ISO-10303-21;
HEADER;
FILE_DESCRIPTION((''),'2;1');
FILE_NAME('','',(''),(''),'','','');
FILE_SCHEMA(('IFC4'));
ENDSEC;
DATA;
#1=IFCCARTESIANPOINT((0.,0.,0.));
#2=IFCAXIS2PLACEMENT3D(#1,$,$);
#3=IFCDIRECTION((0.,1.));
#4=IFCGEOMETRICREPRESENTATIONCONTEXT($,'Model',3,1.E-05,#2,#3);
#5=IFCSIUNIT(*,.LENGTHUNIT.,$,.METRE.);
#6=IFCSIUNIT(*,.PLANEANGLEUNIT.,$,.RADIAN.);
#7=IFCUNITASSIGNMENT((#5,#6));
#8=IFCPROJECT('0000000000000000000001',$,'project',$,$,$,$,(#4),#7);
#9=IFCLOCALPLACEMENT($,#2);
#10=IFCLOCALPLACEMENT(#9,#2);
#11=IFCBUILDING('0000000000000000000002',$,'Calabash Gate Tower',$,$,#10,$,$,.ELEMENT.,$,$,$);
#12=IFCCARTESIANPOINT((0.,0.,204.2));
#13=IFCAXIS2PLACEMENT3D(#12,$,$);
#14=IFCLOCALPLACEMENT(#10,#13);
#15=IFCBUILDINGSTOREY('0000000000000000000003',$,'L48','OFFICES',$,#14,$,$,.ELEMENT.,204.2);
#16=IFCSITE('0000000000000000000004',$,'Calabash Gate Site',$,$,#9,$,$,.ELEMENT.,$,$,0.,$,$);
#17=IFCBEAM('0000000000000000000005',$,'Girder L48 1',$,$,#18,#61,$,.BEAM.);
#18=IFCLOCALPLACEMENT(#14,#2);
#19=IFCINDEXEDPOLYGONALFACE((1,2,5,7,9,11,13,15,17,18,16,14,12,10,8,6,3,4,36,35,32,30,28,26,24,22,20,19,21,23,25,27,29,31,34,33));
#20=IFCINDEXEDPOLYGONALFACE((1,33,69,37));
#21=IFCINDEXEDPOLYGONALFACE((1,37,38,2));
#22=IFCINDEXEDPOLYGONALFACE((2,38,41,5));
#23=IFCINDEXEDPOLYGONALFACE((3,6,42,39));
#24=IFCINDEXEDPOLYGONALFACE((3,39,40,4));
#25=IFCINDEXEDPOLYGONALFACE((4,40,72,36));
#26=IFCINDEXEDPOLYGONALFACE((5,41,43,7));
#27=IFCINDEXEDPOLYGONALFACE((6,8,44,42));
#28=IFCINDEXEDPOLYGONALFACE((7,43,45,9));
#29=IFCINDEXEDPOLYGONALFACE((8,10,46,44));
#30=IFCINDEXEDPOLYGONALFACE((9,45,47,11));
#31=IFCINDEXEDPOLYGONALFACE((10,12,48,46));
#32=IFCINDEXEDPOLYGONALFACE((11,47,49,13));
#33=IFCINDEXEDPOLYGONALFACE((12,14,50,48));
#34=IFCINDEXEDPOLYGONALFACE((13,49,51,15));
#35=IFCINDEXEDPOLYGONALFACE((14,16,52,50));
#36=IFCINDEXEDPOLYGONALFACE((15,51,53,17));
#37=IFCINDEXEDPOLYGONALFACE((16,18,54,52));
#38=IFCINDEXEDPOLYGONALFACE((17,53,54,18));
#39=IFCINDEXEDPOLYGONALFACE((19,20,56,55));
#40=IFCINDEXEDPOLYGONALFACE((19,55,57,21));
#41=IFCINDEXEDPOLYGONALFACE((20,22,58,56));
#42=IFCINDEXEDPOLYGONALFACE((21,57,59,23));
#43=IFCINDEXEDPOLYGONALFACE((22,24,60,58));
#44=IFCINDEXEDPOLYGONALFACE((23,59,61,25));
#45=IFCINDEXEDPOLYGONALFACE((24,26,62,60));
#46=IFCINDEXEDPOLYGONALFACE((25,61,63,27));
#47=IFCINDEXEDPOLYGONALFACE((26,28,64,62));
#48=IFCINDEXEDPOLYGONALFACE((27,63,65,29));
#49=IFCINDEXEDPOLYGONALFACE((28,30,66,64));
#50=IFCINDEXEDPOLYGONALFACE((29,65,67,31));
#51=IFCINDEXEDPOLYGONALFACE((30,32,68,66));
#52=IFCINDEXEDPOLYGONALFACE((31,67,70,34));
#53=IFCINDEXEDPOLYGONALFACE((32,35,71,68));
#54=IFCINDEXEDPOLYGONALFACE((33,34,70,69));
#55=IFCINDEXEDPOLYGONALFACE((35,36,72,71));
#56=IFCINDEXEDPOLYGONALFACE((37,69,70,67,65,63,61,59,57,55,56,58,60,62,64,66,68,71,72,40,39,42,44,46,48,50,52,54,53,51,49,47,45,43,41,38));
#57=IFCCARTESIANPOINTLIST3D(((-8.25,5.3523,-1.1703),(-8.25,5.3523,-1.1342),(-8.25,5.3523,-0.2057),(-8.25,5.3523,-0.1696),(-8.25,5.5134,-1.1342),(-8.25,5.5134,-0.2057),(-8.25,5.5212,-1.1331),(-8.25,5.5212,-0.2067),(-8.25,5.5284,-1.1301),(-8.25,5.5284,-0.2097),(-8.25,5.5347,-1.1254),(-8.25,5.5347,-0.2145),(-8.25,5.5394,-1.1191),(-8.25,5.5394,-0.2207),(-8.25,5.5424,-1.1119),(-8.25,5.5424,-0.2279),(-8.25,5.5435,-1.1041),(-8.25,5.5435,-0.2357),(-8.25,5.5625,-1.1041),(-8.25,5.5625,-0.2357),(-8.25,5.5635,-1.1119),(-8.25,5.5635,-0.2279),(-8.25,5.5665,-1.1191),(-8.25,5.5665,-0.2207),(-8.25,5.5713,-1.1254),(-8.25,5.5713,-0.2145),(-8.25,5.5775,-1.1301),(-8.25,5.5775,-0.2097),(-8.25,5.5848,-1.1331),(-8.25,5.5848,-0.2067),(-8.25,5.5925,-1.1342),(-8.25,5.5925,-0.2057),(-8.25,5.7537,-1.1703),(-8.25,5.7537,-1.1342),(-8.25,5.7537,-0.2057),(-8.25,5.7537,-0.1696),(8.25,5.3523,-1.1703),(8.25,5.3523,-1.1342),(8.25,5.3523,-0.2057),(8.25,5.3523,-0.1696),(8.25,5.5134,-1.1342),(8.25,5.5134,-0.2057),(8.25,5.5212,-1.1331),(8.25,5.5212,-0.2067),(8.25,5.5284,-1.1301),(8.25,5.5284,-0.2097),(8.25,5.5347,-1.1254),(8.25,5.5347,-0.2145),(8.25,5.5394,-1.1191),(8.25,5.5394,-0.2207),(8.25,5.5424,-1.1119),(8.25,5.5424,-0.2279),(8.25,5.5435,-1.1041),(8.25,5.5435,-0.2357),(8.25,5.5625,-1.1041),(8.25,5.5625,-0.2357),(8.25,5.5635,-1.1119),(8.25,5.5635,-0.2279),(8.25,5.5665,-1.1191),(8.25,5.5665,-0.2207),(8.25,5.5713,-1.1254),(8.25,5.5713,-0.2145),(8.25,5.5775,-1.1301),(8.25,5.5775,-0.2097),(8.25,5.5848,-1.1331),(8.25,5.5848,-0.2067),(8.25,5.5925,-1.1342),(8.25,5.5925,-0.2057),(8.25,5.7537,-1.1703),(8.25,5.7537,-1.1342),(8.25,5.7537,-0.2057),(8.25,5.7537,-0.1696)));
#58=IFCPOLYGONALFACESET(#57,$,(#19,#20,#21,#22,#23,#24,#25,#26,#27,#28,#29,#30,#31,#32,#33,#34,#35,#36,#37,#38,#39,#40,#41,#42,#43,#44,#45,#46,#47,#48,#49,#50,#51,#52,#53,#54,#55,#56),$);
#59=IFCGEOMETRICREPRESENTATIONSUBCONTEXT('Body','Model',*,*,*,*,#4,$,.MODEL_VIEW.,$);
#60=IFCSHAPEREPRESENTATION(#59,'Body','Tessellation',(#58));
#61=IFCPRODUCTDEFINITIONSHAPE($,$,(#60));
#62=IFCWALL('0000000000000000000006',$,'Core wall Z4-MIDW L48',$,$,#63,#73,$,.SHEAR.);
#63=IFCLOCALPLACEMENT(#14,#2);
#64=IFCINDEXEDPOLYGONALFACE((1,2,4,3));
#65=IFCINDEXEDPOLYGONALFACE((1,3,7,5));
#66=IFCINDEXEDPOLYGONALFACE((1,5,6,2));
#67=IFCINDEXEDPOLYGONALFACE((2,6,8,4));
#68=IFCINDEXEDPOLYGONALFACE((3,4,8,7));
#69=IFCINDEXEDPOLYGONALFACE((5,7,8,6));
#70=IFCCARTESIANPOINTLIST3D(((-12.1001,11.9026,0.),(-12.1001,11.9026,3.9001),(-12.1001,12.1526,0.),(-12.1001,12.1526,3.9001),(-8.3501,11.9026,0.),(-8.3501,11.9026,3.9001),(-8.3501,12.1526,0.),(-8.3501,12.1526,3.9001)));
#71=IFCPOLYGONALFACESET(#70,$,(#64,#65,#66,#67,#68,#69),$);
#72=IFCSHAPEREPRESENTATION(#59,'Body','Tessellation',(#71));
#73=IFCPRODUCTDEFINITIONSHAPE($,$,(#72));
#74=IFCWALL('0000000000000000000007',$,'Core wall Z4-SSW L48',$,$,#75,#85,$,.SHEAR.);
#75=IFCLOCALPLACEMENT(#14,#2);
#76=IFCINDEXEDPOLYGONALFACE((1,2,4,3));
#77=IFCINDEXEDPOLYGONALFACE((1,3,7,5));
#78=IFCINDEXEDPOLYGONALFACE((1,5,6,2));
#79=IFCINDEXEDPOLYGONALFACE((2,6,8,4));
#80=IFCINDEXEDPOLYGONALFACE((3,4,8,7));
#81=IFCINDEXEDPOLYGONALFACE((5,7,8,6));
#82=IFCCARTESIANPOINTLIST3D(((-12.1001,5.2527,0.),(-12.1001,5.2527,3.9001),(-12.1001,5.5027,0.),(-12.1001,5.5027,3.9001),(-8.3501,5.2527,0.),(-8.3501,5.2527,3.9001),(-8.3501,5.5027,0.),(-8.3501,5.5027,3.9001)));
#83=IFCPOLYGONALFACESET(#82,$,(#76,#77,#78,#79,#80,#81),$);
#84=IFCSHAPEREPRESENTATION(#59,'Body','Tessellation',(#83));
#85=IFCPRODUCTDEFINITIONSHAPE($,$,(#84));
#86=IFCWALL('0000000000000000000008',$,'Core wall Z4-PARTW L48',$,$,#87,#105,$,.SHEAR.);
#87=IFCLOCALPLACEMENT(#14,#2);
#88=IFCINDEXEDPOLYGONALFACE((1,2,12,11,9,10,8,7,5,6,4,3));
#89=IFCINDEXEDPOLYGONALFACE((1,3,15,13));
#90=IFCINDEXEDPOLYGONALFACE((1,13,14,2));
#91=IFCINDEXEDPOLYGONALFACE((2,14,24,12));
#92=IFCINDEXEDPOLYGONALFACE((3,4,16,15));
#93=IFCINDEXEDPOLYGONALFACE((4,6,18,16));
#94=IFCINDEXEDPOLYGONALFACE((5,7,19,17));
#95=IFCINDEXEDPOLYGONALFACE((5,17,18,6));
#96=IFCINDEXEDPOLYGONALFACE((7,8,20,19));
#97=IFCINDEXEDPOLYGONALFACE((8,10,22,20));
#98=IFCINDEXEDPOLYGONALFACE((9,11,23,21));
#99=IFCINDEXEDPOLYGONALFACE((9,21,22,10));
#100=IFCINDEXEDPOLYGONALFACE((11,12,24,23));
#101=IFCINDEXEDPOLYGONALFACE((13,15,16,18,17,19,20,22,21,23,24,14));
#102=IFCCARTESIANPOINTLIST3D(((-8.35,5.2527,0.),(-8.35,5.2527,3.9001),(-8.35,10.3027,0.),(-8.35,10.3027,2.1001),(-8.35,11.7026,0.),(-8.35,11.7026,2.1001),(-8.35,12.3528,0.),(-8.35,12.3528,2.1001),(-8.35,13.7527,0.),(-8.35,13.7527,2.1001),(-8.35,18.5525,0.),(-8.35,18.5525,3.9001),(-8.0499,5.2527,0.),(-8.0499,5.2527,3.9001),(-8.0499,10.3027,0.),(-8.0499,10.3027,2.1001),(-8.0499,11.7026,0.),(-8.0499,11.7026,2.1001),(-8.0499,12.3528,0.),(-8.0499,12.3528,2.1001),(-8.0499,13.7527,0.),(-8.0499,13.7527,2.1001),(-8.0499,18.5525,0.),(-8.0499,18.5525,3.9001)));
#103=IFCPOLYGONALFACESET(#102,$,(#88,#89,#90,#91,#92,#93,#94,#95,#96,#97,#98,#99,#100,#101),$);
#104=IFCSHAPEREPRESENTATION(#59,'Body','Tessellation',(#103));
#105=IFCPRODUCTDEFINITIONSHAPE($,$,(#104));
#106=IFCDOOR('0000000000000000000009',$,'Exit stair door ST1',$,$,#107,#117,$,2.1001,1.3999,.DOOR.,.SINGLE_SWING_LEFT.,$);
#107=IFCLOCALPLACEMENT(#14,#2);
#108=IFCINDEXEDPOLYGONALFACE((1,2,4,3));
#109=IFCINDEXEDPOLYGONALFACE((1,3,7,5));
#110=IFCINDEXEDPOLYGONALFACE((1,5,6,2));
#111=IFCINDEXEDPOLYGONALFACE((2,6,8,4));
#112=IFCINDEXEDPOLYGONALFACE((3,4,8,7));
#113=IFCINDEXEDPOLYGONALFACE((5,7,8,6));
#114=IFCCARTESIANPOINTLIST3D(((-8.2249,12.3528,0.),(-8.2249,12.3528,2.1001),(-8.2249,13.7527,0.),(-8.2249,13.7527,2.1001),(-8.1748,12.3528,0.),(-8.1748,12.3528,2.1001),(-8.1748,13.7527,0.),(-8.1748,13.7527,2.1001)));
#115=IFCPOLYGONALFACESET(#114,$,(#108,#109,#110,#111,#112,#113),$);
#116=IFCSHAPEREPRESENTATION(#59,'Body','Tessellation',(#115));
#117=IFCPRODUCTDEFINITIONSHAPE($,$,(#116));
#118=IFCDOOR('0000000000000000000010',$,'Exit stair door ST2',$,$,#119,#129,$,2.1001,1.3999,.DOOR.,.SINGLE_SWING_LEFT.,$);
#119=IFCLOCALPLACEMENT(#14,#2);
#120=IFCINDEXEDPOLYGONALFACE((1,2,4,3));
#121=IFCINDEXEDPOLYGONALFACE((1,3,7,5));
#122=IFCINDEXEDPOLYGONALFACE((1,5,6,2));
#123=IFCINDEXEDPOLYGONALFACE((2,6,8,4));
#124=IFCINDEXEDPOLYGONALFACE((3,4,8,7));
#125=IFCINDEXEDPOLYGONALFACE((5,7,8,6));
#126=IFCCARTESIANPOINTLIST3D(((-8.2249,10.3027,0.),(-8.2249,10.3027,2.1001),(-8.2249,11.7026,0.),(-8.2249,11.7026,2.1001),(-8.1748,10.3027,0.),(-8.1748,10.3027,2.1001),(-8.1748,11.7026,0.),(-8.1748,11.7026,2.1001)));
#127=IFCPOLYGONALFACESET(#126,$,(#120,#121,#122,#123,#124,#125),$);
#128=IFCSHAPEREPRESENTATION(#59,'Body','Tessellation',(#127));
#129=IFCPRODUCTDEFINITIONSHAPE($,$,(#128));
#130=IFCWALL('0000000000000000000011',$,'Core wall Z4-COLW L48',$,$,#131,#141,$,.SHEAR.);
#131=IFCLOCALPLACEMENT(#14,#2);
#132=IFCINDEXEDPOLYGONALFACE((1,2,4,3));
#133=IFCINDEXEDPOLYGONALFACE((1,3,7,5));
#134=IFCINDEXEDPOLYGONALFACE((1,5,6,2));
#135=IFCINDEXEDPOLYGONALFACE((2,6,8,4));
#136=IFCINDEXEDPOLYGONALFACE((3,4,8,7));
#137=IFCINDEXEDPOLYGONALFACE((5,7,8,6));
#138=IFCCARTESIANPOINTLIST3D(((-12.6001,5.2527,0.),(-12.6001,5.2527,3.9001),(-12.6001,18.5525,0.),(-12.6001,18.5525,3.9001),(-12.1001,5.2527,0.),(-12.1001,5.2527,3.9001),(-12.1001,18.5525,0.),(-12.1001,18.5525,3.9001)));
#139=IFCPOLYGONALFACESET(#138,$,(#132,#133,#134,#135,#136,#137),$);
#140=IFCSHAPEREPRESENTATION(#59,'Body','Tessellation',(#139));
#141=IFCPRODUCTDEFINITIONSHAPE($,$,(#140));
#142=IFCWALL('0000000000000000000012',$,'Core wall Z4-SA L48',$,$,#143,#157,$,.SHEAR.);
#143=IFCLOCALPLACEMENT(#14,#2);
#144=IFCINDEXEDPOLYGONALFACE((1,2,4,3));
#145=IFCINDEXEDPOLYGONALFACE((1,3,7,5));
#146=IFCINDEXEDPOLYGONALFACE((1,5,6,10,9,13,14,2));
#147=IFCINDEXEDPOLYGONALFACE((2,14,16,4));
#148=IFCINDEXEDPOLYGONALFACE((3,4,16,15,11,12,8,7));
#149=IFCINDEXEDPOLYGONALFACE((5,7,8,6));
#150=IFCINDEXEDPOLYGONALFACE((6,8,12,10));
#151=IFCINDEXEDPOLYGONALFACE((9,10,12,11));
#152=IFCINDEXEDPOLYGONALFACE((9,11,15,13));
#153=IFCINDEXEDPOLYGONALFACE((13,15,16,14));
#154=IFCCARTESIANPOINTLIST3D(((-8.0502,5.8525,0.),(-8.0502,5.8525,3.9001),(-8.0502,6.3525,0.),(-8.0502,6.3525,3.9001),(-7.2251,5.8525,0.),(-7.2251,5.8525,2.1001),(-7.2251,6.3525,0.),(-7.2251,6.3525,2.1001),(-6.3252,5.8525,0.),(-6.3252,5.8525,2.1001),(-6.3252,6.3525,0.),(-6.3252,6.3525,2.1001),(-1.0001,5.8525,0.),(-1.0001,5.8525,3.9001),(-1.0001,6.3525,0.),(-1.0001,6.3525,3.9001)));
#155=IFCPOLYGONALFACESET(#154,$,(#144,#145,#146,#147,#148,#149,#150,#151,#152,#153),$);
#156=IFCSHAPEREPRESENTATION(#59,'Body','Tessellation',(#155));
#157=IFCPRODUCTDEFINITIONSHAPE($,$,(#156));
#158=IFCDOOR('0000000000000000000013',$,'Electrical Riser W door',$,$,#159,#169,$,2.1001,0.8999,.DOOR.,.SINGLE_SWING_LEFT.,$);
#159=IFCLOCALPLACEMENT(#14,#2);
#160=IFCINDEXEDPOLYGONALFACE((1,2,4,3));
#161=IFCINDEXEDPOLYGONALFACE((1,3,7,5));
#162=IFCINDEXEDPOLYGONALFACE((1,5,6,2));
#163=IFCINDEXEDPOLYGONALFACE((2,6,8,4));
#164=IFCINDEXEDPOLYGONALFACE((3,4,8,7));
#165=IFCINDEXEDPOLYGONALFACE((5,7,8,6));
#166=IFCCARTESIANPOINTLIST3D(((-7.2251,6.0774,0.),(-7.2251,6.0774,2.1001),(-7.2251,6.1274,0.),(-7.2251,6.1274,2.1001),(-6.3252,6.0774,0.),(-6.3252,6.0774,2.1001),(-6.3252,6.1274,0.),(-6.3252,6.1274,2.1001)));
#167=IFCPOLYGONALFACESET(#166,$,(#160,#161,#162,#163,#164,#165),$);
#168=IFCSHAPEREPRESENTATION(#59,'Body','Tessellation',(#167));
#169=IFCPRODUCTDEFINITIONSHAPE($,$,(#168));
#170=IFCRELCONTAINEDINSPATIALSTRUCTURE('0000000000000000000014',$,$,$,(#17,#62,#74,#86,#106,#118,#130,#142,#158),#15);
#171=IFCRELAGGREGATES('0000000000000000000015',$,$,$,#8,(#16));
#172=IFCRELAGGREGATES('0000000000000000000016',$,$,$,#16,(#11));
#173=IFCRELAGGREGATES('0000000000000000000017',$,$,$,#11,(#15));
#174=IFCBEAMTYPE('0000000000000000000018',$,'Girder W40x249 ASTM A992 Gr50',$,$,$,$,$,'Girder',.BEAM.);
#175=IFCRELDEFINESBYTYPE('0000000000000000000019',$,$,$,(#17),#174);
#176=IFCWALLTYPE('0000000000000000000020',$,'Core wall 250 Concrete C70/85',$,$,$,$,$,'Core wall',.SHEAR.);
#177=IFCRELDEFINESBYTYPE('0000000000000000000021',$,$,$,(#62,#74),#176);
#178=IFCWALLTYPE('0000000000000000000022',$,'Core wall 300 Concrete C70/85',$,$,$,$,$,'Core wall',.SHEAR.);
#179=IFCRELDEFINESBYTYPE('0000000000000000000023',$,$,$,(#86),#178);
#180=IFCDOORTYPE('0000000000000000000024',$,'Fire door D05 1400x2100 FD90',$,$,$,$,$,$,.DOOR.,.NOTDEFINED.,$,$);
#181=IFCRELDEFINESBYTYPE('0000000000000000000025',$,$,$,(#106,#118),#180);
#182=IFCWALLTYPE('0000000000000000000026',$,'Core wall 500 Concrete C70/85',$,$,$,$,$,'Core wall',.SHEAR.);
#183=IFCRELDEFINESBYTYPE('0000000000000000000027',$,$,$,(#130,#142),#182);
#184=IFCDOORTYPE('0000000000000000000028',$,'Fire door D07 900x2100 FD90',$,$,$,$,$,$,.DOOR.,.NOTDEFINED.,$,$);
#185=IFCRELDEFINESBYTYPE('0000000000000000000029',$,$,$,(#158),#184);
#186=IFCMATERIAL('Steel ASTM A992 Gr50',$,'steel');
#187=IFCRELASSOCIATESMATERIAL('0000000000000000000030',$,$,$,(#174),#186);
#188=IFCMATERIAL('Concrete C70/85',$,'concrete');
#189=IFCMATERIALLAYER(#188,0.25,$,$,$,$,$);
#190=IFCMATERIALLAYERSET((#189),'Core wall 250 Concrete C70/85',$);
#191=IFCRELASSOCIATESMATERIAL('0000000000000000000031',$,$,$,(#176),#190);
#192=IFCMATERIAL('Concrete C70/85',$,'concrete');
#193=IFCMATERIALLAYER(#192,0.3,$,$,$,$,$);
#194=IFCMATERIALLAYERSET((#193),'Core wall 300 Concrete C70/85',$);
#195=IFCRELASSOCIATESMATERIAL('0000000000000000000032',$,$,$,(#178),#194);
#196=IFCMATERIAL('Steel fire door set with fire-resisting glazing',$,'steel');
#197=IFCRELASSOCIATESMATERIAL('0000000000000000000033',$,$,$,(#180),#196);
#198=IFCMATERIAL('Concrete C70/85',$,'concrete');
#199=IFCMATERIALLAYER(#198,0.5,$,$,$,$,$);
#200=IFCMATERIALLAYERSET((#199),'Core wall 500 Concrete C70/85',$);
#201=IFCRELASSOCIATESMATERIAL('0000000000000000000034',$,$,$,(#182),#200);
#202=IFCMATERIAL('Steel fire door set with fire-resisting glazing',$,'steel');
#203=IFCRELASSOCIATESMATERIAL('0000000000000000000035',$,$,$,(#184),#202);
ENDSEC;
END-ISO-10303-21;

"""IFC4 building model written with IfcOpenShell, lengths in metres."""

from ifc_helpers import new_model, si_unit, direction, frame, frame_2d, origin, origin_2d, place, context, subcontext, project, spatial, rectangle, i_section, extrude, material, layer, layer_set, material_profile, profile_set, type_object, element, fill, save


model = new_model("IFC4")

# Units and contexts
model_context = context("Model", 3, precision=1e-05, world=origin(), true_north=direction((0.0, 1.0)))
body_context = subcontext(model_context, "Body", "Model", "MODEL_VIEW")
ifc_project = project(units=[si_unit("LENGTHUNIT", "METRE"), si_unit("PLANEANGLEUNIT", "RADIAN")], contexts=[model_context])

# Site, building, storey
site_placement = place(None, origin())
site = spatial("IfcSite", under=ifc_project, at=site_placement, Name="Calabash Gate Site", CompositionType="ELEMENT", RefElevation=0.0)
building_placement = place(site_placement, origin())
building = spatial("IfcBuilding", under=site, at=building_placement, Name="Calabash Gate Tower", CompositionType="ELEMENT")
storey_placement = place(building_placement, frame((0.0, 0.0, 204.2)))
storey = spatial("IfcBuildingStorey", under=building, at=storey_placement, Name="L48", Description="OFFICES", CompositionType="ELEMENT", Elevation=204.2)

# Beam
ifc_material_1 = material(Name="Steel ASTM A992 Gr50", Category="steel")
ifc_material_profile = material_profile(ifc_material_1, i_section(OverallWidth=0.4014, OverallDepth=1.0007, WebThickness=0.019, FlangeThickness=0.0361, FilletRadius=0.03, at=origin_2d()))
ifc_profile_set = profile_set([ifc_material_profile], Name="Steel ASTM A992 Gr50")
beam_type = type_object("IfcBeamType", Name="Girder W40x249 ASTM A992 Gr50", ElementType="Girder", PredefinedType="BEAM", material=ifc_profile_set)
beam_placement = place(storey_placement, frame((-8.25, 5.553, -0.6699), z_axis=(1.0, 0.0, 0.0), x_axis=(0.0, 1.0, 0.0)))
element("IfcBeam", 1, at=beam_placement, inside=storey, type_object=beam_type, Name="Girder L48 1", PredefinedType="BEAM", context=body_context, shape_type="SweptSolid", body=[
    extrude(i_section(OverallWidth=0.4014, OverallDepth=1.0007, WebThickness=0.019, FlangeThickness=0.0361, FilletRadius=0.03, at=origin_2d()), origin(), (0.0, 0.0, 1.0), 16.5),
])

# Walls
ifc_material_2 = material(Name="Concrete C70/85", Category="concrete")
ifc_layer_1 = layer(ifc_material_2, 0.25)
ifc_layer_set_1 = layer_set([ifc_layer_1], Name="Core wall 250 Concrete C70/85")
wall_type_1 = type_object("IfcWallType", Name="Core wall 250 Concrete C70/85", ElementType="Core wall", PredefinedType="SHEAR", material=ifc_layer_set_1)
for number, where, z_axis, x_axis, name in (
    (2, (-12.1001, 12.0276, 0.0), (0.0, 0.0, 1.0), (1.0, 0.0, 0.0), "Core wall Z4-MIDW L48"),
    (3, (-12.1001, 5.3777, 0.0), (0.0, 0.0, 1.0), (1.0, 0.0, 0.0), "Core wall Z4-SSW L48"),
):
    element("IfcWall", number, at=place(storey_placement, frame(where, z_axis=z_axis, x_axis=x_axis)), inside=storey, type_object=wall_type_1, Name=name, PredefinedType="SHEAR", context=body_context, shape_type="SweptSolid", body=[
        extrude(rectangle(XDim=3.75, YDim=0.25, at=frame_2d((1.875, 0.0))), origin(), (0.0, 0.0, 1.0), 3.9001),
    ])

# Wall, openings, doors
ifc_material_3 = material(Name="Concrete C70/85", Category="concrete")
ifc_layer_2 = layer(ifc_material_3, 0.3)
ifc_layer_set_2 = layer_set([ifc_layer_2], Name="Core wall 300 Concrete C70/85")
wall_type_2 = type_object("IfcWallType", Name="Core wall 300 Concrete C70/85", ElementType="Core wall", PredefinedType="SHEAR", material=ifc_layer_set_2)
wall_1_placement = place(storey_placement, frame((-8.2, 5.2527, 0.0), z_axis=(0.0, 0.0, 1.0), x_axis=(0.0, 1.0, 0.0)))
wall_1 = element("IfcWall", 4, at=wall_1_placement, inside=storey, type_object=wall_type_2, Name="Core wall Z4-PARTW L48", PredefinedType="SHEAR", context=body_context, shape_type="SweptSolid", body=[
    extrude(rectangle(XDim=13.2998, YDim=0.3, at=frame_2d((6.6499, 0.0))), origin(), (0.0, 0.0, 1.0), 3.9001),
])
opening_1_placement = place(wall_1_placement, frame((7.1001, 0.0, 0.0)))
opening_1 = element("IfcOpeningElement", 5, at=opening_1_placement, cuts=wall_1, PredefinedType="OPENING", context=body_context, shape_type="SweptSolid", body=[
    extrude(rectangle(XDim=1.3999, YDim=2.1001, at=frame_2d((0.7, 1.05))), frame((0.0, 0.1599, 0.0), z_axis=(0.0, -1.0, 0.0), x_axis=(1.0, 0.0, 0.0)), (0.0, 0.0, 1.0), 0.3201),
])
opening_2_placement = place(wall_1_placement, frame((5.05, 0.0, 0.0)))
opening_2 = element("IfcOpeningElement", 6, at=opening_2_placement, cuts=wall_1, PredefinedType="OPENING", context=body_context, shape_type="SweptSolid", body=[
    extrude(rectangle(XDim=1.3999, YDim=2.1001, at=frame_2d((0.7, 1.05))), frame((0.0, 0.1599, 0.0), z_axis=(0.0, -1.0, 0.0), x_axis=(1.0, 0.0, 0.0)), (0.0, 0.0, 1.0), 0.3201),
])
ifc_material_4 = material(Name="Steel fire door set with fire-resisting glazing", Category="steel")
door_type_1 = type_object("IfcDoorType", Name="Fire door D05 1400x2100 FD90", OperationType="NOTDEFINED", PredefinedType="DOOR", material=ifc_material_4)
door_1_placement = place(opening_1_placement, origin())
door_1 = element("IfcDoor", 7, at=door_1_placement, inside=storey, type_object=door_type_1, Name="Exit stair door ST1", OperationType="SINGLE_SWING_LEFT", OverallHeight=2.1001, OverallWidth=1.3999, PredefinedType="DOOR", context=body_context, shape_type="SweptSolid", body=[
    extrude(rectangle(XDim=1.3999, YDim=2.1001, at=frame_2d((0.7, 1.05))), frame((0.0, 0.0249, 0.0), z_axis=(0.0, -1.0, 0.0), x_axis=(1.0, 0.0, 0.0)), (0.0, 0.0, 1.0), 0.05),
])
fill(opening_1, door_1)
door_2_placement = place(opening_2_placement, origin())
door_2 = element("IfcDoor", 8, at=door_2_placement, inside=storey, type_object=door_type_1, Name="Exit stair door ST2", OperationType="SINGLE_SWING_LEFT", OverallHeight=2.1001, OverallWidth=1.3999, PredefinedType="DOOR", context=body_context, shape_type="SweptSolid", body=[
    extrude(rectangle(XDim=1.3999, YDim=2.1001, at=frame_2d((0.7, 1.05))), frame((0.0, 0.0249, 0.0), z_axis=(0.0, -1.0, 0.0), x_axis=(1.0, 0.0, 0.0)), (0.0, 0.0, 1.0), 0.05),
])
fill(opening_2, door_2)

# Wall
ifc_material_5 = material(Name="Concrete C70/85", Category="concrete")
ifc_layer_3 = layer(ifc_material_5, 0.5)
ifc_layer_set_3 = layer_set([ifc_layer_3], Name="Core wall 500 Concrete C70/85")
wall_type_3 = type_object("IfcWallType", Name="Core wall 500 Concrete C70/85", ElementType="Core wall", PredefinedType="SHEAR", material=ifc_layer_set_3)
wall_2_placement = place(storey_placement, frame((-12.3501, 5.2527, 0.0), z_axis=(0.0, 0.0, 1.0), x_axis=(0.0, 1.0, 0.0)))
element("IfcWall", 9, at=wall_2_placement, inside=storey, type_object=wall_type_3, Name="Core wall Z4-COLW L48", PredefinedType="SHEAR", context=body_context, shape_type="SweptSolid", body=[
    extrude(rectangle(XDim=13.2998, YDim=0.5, at=frame_2d((6.6499, 0.0))), origin(), (0.0, 0.0, 1.0), 3.9001),
])

# Wall, opening, door
wall_3_placement = place(storey_placement, frame((-8.05, 6.1025, 0.0), z_axis=(0.0, 0.0, 1.0), x_axis=(1.0, 0.0, 0.0)))
wall_3 = element("IfcWall", 10, at=wall_3_placement, inside=storey, type_object=wall_type_3, Name="Core wall Z4-SA L48", PredefinedType="SHEAR", context=body_context, shape_type="SweptSolid", body=[
    extrude(rectangle(XDim=7.05, YDim=0.5, at=frame_2d((3.5249, 0.0))), origin(), (0.0, 0.0, 1.0), 3.9001),
])
opening_3_placement = place(wall_3_placement, frame((0.825, 0.0, 0.0)))
opening_3 = element("IfcOpeningElement", 11, at=opening_3_placement, cuts=wall_3, PredefinedType="OPENING", context=body_context, shape_type="SweptSolid", body=[
    extrude(rectangle(XDim=0.8999, YDim=2.1001, at=frame_2d((0.45, 1.05))), frame((0.0, 0.26, 0.0), z_axis=(0.0, -1.0, 0.0), x_axis=(1.0, 0.0, 0.0)), (0.0, 0.0, 1.0), 0.52),
])
ifc_material_6 = material(Name="Steel fire door set with fire-resisting glazing", Category="steel")
door_type_2 = type_object("IfcDoorType", Name="Fire door D07 900x2100 FD90", OperationType="NOTDEFINED", PredefinedType="DOOR", material=ifc_material_6)
door_3_placement = place(opening_3_placement, origin())
door_3 = element("IfcDoor", 12, at=door_3_placement, inside=storey, type_object=door_type_2, Name="Electrical Riser W door", OperationType="SINGLE_SWING_LEFT", OverallHeight=2.1001, OverallWidth=0.8999, PredefinedType="DOOR", context=body_context, shape_type="SweptSolid", body=[
    extrude(rectangle(XDim=0.8999, YDim=2.1001, at=frame_2d((0.45, 1.05))), frame((0.0, 0.0249, 0.0), z_axis=(0.0, -1.0, 0.0), x_axis=(1.0, 0.0, 0.0)), (0.0, 0.0, 1.0), 0.05),
])
fill(opening_3, door_3)

save(model, "model.ifc")
